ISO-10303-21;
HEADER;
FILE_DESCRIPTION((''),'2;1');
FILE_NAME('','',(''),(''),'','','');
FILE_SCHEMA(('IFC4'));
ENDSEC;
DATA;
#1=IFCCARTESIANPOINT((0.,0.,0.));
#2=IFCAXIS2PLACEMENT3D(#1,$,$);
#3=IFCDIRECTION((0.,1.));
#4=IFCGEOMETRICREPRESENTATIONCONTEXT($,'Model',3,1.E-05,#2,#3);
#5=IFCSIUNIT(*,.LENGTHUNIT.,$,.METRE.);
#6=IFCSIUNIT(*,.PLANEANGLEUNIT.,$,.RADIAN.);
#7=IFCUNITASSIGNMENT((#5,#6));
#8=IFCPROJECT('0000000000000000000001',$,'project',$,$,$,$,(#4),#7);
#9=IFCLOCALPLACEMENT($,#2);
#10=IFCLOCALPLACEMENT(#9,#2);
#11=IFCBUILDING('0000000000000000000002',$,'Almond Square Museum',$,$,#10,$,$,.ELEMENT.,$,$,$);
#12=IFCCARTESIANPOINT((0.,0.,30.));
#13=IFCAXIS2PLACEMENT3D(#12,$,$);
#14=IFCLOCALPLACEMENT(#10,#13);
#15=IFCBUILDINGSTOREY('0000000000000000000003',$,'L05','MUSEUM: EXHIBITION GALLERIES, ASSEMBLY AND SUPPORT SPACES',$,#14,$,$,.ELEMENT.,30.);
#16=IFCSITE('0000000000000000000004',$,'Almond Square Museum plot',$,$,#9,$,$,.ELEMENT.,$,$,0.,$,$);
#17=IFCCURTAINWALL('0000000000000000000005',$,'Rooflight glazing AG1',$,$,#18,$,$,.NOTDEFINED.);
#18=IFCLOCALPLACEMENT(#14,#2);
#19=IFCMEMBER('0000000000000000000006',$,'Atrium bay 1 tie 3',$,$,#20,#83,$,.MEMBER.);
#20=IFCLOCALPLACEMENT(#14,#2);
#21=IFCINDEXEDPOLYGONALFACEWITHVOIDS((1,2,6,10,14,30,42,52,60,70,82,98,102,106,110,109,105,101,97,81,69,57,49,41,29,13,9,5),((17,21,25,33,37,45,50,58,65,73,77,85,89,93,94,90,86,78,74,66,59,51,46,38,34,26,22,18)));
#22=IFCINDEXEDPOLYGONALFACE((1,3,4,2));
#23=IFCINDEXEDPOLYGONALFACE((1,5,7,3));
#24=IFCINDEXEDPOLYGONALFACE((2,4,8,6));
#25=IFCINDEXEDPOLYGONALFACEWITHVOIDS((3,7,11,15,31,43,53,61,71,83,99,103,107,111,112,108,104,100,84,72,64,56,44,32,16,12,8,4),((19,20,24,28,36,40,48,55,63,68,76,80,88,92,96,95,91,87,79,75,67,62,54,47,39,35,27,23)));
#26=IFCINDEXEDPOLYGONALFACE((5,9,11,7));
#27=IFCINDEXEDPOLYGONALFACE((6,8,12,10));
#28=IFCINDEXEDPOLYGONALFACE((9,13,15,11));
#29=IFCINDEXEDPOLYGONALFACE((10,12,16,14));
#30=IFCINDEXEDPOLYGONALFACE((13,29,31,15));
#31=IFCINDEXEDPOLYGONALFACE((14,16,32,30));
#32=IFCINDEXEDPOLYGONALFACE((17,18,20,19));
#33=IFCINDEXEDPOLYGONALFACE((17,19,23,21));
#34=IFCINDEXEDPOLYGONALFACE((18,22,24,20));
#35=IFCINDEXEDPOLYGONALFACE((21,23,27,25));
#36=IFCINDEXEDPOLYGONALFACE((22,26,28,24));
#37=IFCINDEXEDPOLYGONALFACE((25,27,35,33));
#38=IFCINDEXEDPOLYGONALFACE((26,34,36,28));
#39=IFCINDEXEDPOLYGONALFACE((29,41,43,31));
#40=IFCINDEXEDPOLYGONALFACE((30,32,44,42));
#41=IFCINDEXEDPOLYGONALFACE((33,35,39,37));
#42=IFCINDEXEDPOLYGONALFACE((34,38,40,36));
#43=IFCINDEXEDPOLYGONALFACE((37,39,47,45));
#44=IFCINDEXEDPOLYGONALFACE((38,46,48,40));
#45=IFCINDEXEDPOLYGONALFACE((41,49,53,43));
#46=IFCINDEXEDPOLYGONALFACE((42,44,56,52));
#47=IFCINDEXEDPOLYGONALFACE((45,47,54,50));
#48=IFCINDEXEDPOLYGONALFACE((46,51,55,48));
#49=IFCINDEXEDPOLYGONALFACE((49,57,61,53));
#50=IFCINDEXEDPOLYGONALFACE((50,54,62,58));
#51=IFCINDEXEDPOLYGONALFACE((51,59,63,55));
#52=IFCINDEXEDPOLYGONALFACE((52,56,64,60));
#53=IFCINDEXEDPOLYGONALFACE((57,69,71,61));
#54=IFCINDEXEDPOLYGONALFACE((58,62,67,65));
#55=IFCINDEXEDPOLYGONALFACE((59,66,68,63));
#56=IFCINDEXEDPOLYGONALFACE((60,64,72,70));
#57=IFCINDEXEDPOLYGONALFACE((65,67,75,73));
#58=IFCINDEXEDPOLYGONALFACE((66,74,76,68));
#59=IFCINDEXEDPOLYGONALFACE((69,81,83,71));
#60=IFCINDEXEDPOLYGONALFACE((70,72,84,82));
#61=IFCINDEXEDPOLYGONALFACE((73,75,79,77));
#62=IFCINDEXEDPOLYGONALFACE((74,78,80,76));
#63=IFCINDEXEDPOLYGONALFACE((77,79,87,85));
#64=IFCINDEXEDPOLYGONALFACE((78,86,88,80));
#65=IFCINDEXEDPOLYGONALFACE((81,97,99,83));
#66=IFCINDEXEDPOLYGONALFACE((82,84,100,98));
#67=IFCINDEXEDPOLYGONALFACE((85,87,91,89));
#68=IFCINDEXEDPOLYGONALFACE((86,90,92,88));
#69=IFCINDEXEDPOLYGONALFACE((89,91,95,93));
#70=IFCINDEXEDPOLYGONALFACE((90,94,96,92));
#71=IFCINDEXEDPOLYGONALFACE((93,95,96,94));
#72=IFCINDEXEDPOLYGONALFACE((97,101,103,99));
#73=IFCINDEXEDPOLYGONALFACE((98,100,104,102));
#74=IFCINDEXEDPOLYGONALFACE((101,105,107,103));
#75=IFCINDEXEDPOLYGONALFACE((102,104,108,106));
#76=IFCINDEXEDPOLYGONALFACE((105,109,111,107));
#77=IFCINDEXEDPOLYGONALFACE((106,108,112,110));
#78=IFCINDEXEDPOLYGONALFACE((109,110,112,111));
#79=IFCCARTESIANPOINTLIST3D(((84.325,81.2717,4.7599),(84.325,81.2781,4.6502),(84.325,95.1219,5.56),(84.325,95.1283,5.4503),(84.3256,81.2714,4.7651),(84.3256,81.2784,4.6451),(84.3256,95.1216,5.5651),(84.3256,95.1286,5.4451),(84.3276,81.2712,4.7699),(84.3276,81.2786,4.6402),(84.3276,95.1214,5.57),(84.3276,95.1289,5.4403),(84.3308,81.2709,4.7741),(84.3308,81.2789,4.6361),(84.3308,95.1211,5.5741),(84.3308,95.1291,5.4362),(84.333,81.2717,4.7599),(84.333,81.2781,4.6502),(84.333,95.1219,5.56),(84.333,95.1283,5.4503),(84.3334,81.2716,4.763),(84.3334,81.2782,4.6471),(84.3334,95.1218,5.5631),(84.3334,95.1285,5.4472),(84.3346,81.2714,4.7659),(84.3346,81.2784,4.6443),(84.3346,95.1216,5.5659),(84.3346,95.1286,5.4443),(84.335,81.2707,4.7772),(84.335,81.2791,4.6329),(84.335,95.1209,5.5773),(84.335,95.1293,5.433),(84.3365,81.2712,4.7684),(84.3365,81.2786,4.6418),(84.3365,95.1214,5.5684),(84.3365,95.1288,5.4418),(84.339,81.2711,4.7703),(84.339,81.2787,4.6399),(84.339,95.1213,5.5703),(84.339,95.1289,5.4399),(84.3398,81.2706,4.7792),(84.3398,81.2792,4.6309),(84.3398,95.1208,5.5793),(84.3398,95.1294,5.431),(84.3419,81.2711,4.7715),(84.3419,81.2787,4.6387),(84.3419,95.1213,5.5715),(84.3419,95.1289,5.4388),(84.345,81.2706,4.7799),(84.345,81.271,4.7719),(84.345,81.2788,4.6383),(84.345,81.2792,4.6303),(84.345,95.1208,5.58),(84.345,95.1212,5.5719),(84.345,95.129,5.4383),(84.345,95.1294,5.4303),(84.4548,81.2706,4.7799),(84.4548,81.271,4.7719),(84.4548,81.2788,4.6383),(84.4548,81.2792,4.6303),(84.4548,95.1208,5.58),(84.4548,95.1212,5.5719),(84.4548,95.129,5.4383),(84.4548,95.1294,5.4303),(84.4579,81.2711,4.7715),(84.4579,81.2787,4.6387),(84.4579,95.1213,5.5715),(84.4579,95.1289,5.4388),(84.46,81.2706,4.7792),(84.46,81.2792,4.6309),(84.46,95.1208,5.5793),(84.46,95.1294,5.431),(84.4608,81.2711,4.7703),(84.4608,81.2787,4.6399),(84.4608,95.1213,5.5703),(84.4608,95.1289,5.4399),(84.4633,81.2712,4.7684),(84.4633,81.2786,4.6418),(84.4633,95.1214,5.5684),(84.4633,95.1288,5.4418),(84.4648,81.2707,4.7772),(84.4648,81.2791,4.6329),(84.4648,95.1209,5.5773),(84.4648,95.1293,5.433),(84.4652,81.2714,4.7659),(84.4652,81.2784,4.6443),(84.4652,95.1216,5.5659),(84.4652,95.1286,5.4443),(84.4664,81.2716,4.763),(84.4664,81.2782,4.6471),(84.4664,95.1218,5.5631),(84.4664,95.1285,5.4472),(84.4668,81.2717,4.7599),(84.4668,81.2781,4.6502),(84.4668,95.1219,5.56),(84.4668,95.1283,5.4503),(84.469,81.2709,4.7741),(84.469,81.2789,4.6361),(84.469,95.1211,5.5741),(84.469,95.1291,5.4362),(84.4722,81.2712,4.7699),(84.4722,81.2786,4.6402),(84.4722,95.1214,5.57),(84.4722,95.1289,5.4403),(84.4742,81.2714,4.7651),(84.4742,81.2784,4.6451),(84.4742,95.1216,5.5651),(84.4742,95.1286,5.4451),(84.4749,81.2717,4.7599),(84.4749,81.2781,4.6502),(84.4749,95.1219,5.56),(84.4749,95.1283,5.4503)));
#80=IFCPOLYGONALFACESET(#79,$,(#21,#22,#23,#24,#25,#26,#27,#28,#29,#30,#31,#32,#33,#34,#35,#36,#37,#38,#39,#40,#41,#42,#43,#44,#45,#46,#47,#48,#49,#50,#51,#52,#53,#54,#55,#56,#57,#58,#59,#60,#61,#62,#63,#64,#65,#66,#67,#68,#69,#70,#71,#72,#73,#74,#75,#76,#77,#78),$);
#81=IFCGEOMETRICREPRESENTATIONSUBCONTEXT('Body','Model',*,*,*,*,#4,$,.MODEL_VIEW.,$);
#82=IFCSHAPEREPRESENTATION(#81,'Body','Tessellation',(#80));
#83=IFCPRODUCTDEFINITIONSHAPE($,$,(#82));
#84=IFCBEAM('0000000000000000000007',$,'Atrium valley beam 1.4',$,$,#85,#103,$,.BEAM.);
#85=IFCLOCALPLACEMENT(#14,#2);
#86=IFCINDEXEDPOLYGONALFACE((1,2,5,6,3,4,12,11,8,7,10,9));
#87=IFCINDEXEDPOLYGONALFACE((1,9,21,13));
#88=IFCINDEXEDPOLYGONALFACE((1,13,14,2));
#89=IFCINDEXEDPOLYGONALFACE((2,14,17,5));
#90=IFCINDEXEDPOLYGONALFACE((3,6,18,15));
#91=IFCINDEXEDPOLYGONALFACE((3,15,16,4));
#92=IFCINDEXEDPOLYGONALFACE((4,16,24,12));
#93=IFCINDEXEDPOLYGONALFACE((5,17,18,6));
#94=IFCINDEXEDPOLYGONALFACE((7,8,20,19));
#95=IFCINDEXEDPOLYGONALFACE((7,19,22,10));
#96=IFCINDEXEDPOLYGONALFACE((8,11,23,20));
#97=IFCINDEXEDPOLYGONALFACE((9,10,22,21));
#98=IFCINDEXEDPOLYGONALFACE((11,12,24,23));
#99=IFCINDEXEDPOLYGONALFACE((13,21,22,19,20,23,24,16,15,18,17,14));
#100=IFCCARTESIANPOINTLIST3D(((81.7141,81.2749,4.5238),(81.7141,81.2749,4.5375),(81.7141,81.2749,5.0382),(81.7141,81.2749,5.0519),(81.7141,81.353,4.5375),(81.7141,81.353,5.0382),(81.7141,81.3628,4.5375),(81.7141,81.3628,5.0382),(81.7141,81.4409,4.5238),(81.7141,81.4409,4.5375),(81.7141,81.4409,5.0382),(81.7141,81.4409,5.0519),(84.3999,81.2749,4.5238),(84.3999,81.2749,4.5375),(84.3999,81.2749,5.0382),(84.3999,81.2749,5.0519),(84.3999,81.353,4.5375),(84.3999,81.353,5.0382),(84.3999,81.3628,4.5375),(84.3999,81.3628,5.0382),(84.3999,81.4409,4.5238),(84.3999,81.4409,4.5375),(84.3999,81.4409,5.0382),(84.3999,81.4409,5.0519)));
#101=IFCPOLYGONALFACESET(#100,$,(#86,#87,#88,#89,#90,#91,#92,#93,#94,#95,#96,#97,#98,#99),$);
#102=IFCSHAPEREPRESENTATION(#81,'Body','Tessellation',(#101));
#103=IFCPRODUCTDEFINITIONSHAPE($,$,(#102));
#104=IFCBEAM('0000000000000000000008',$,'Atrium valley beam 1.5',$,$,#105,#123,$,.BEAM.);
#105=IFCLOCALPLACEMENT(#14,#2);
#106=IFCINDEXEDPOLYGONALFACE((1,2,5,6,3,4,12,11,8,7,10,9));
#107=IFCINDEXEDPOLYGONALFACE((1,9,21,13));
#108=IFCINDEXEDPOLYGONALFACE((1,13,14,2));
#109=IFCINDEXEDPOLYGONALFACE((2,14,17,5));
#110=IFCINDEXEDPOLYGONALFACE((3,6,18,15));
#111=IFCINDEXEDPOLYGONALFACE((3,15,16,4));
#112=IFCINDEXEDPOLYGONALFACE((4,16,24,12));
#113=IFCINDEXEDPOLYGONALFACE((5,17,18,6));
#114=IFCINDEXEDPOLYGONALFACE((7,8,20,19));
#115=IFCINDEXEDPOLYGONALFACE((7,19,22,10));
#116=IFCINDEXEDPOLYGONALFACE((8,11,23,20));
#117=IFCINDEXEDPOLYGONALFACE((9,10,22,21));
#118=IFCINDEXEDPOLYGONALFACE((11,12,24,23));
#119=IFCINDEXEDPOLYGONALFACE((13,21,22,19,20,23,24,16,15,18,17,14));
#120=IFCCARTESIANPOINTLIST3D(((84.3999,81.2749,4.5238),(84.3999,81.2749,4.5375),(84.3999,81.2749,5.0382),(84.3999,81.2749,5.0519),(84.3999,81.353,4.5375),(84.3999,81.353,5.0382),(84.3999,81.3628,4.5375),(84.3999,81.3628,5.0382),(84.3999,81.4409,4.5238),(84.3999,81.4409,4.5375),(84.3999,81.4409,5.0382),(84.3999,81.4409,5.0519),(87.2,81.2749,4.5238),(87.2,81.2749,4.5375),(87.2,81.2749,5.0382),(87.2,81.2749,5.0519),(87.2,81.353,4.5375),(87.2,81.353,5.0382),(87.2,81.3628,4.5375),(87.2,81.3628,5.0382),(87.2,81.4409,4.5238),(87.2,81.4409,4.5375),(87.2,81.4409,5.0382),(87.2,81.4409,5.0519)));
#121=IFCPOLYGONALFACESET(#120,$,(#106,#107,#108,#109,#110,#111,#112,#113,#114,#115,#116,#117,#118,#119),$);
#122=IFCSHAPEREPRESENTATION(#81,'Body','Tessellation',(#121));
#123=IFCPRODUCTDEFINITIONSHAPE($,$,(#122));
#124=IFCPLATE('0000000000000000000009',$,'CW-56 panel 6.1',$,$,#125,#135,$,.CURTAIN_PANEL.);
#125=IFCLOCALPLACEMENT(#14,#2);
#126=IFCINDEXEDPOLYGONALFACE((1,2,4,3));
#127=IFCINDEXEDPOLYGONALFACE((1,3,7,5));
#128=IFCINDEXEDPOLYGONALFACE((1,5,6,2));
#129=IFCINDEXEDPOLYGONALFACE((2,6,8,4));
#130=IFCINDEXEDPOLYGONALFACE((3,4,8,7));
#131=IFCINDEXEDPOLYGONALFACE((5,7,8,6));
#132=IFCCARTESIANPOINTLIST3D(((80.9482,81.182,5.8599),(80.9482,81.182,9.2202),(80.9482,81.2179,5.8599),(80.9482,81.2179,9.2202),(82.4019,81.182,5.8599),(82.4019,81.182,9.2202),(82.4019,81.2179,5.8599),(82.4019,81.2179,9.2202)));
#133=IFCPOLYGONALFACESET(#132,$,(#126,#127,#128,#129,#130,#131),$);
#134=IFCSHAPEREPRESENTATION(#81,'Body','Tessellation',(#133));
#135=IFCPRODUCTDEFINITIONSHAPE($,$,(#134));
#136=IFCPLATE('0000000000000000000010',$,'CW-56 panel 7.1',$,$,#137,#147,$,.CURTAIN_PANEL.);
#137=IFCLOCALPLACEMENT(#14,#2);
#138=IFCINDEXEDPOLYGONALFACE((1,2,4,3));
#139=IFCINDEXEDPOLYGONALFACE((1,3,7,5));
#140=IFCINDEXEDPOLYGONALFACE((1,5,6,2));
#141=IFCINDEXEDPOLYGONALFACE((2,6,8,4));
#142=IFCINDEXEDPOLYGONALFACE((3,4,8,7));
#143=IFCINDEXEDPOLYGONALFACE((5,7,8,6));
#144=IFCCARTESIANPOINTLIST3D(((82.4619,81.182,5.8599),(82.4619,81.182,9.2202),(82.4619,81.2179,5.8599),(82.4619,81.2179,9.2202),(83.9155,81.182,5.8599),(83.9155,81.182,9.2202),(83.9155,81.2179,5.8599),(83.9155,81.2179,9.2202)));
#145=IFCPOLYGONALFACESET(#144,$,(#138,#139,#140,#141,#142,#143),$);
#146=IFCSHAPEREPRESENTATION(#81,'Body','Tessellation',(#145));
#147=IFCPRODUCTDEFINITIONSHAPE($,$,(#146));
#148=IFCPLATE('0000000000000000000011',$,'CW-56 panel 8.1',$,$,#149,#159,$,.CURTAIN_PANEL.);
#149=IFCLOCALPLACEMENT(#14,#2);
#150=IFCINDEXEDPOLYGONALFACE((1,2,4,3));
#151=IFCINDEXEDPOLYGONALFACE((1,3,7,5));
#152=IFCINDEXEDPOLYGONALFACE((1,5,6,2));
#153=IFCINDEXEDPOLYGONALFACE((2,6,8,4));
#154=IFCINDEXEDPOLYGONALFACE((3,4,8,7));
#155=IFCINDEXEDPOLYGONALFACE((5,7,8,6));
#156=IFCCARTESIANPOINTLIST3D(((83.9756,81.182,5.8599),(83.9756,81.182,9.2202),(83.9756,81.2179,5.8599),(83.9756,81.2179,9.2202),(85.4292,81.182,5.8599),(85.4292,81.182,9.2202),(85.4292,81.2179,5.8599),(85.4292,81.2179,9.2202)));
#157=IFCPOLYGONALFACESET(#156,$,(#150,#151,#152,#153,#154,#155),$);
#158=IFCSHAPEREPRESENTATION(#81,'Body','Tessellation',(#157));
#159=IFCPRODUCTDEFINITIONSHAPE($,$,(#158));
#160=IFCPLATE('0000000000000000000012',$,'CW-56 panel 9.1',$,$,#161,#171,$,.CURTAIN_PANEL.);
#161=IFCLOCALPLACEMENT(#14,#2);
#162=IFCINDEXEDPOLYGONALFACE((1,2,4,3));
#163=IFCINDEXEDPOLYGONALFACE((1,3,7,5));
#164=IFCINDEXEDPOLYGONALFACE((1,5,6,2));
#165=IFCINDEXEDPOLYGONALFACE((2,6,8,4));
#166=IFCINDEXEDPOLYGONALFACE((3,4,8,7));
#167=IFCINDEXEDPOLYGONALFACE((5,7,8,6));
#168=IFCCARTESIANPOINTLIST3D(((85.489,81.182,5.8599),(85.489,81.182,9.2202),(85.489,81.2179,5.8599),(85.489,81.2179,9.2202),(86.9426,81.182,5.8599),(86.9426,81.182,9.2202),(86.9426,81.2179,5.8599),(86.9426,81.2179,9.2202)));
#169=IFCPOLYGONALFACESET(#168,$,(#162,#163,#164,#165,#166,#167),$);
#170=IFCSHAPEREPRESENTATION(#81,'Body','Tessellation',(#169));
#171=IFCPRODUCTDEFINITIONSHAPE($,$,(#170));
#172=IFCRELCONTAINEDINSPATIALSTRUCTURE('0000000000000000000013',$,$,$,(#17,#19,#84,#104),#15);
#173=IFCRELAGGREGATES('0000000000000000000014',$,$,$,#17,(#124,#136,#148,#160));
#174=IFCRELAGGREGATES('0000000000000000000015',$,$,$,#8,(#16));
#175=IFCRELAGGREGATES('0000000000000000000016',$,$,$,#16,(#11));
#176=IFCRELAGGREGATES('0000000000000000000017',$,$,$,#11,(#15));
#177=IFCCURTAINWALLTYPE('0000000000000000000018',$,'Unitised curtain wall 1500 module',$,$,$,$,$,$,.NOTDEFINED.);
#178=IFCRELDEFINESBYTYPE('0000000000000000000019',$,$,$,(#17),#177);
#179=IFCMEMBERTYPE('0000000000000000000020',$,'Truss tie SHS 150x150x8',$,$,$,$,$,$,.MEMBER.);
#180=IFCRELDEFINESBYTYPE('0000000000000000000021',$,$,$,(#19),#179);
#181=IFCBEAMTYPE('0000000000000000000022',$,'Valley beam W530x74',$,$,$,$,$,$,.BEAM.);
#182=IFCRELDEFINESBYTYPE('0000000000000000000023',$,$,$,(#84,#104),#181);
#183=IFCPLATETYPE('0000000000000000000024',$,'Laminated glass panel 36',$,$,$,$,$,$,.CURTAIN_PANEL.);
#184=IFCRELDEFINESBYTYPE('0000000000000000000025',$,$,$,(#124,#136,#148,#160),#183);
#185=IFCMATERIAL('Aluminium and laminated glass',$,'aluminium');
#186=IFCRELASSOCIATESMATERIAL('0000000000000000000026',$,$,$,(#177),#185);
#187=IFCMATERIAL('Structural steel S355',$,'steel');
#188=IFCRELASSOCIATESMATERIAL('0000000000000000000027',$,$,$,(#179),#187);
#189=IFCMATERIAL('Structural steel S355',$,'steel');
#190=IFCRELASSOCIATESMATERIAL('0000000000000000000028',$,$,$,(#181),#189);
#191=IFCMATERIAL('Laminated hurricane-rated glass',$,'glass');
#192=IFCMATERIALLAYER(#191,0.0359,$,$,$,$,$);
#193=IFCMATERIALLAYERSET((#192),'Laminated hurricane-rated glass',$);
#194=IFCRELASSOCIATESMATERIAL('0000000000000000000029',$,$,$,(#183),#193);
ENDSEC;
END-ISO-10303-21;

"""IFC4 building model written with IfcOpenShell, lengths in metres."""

from ifc_helpers import new_model, si_unit, direction, frame, origin, origin_2d, place, context, subcontext, project, spatial, rectangle, hollow_rectangle, i_section, extrude, material, layer, layer_set, material_profile, profile_set, type_object, element, aggregate, save


model = new_model("IFC4")

# Units and contexts
model_context = context("Model", 3, precision=1e-05, world=origin(), true_north=direction((0.0, 1.0)))
body_context = subcontext(model_context, "Body", "Model", "MODEL_VIEW")
ifc_project = project(units=[si_unit("LENGTHUNIT", "METRE"), si_unit("PLANEANGLEUNIT", "RADIAN")], contexts=[model_context])

# Site, building, storey
site_placement = place(None, origin())
site = spatial("IfcSite", under=ifc_project, at=site_placement, Name="Almond Square Museum plot", CompositionType="ELEMENT", RefElevation=0.0)
building_placement = place(site_placement, origin())
building = spatial("IfcBuilding", under=site, at=building_placement, Name="Almond Square Museum", CompositionType="ELEMENT")
storey_placement = place(building_placement, frame((0.0, 0.0, 30.0)))
storey = spatial("IfcBuildingStorey", under=building, at=storey_placement, Name="L05", Description="MUSEUM: EXHIBITION GALLERIES, ASSEMBLY AND SUPPORT SPACES", CompositionType="ELEMENT", Elevation=30.0)

# Curtain wall
ifc_material_1 = material(Name="Aluminium and laminated glass", Category="aluminium")
curtain_wall_type = type_object("IfcCurtainWallType", Name="Unitised curtain wall 1500 module", PredefinedType="NOTDEFINED", material=ifc_material_1)
curtain_wall_placement = place(storey_placement, origin())
curtain_wall = element("IfcCurtainWall", 1, at=curtain_wall_placement, inside=storey, type_object=curtain_wall_type, Name="Rooflight glazing AG1", PredefinedType="NOTDEFINED")

# Member
ifc_material_2 = material(Name="Structural steel S355", Category="steel")
ifc_material_profile_1 = material_profile(ifc_material_2, hollow_rectangle(XDim=0.1499, YDim=0.1499, WallThickness=0.0081, InnerFilletRadius=0.012, OuterFilletRadius=0.02, at=origin_2d()))
ifc_profile_set_1 = profile_set([ifc_material_profile_1], Name="Structural steel S355")
member_type_1 = type_object("IfcMemberType", Name="Truss tie SHS 150x150x8", PredefinedType="MEMBER", material=ifc_profile_set_1)
member_1_placement = place(storey_placement, frame((84.3999, 81.2749, 4.7051), z_axis=(0.0, 0.998336, 0.057669), x_axis=(-1.0, 0.0, 0.0)))
element("IfcMember", 2, at=member_1_placement, inside=storey, type_object=member_type_1, Name="Atrium bay 1 tie 3", PredefinedType="MEMBER", context=body_context, shape_type="SweptSolid", body=[
    extrude(hollow_rectangle(XDim=0.1499, YDim=0.1499, WallThickness=0.0081, InnerFilletRadius=0.012, OuterFilletRadius=0.02, at=origin_2d()), origin(), (0.0, 0.0, 1.0), 13.8733),
])

# Beams
ifc_material_3 = material(Name="Structural steel S355", Category="steel")
ifc_material_profile_2 = material_profile(ifc_material_3, i_section(OverallWidth=0.166, OverallDepth=0.5281, WebThickness=0.0098, FlangeThickness=0.0137, at=origin_2d()))
ifc_profile_set_2 = profile_set([ifc_material_profile_2], Name="Structural steel S355")
beam_type = type_object("IfcBeamType", Name="Valley beam W530x74", PredefinedType="BEAM", material=ifc_profile_set_2)
beam_1_placement = place(storey_placement, frame((81.7141, 81.3579, 4.7878), z_axis=(1.0, 0.0, 0.0), x_axis=(0.0, 1.0, 0.0)))
element("IfcBeam", 3, at=beam_1_placement, inside=storey, type_object=beam_type, Name="Atrium valley beam 1.4", PredefinedType="BEAM", context=body_context, shape_type="SweptSolid", body=[
    extrude(i_section(OverallWidth=0.166, OverallDepth=0.5281, WebThickness=0.0098, FlangeThickness=0.0137, at=origin_2d()), origin(), (0.0, 0.0, 1.0), 2.6858),
])
beam_2_placement = place(storey_placement, frame((84.3999, 81.3579, 4.7878), z_axis=(1.0, 0.0, 0.0), x_axis=(0.0, 1.0, 0.0)))
element("IfcBeam", 4, at=beam_2_placement, inside=storey, type_object=beam_type, Name="Atrium valley beam 1.5", PredefinedType="BEAM", context=body_context, shape_type="SweptSolid", body=[
    extrude(i_section(OverallWidth=0.166, OverallDepth=0.5281, WebThickness=0.0098, FlangeThickness=0.0137, at=origin_2d()), origin(), (0.0, 0.0, 1.0), 2.8),
])

# Plates
ifc_material_4 = material(Name="Laminated hurricane-rated glass", Category="glass")
ifc_layer = layer(ifc_material_4, 0.0359)
ifc_layer_set = layer_set([ifc_layer], Name="Laminated hurricane-rated glass")
plate_type = type_object("IfcPlateType", Name="Laminated glass panel 36", PredefinedType="CURTAIN_PANEL", material=ifc_layer_set)
plate_1_placement = place(storey_placement, frame((81.675, 81.2, 5.8599), z_axis=(0.0, 0.0, 1.0), x_axis=(1.0, 0.0, 0.0)))
plate_1 = element("IfcPlate", 5, at=plate_1_placement, type_object=plate_type, Name="CW-56 panel 6.1", PredefinedType="CURTAIN_PANEL", context=body_context, shape_type="SweptSolid", body=[
    extrude(rectangle(XDim=1.4536, YDim=0.0359, at=origin_2d()), origin(), (0.0, 0.0, 1.0), 3.3604),
])
plate_2_placement = place(storey_placement, frame((83.1887, 81.2, 5.8599), z_axis=(0.0, 0.0, 1.0), x_axis=(1.0, 0.0, 0.0)))
plate_2 = element("IfcPlate", 6, at=plate_2_placement, type_object=plate_type, Name="CW-56 panel 7.1", PredefinedType="CURTAIN_PANEL", context=body_context, shape_type="SweptSolid", body=[
    extrude(rectangle(XDim=1.4536, YDim=0.0359, at=origin_2d()), origin(), (0.0, 0.0, 1.0), 3.3604),
])
plate_3_placement = place(storey_placement, frame((84.7024, 81.2, 5.8599), z_axis=(0.0, 0.0, 1.0), x_axis=(1.0, 0.0, 0.0)))
plate_3 = element("IfcPlate", 7, at=plate_3_placement, type_object=plate_type, Name="CW-56 panel 8.1", PredefinedType="CURTAIN_PANEL", context=body_context, shape_type="SweptSolid", body=[
    extrude(rectangle(XDim=1.4536, YDim=0.0359, at=origin_2d()), origin(), (0.0, 0.0, 1.0), 3.3604),
])
plate_4_placement = place(storey_placement, frame((86.2158, 81.2, 5.8599), z_axis=(0.0, 0.0, 1.0), x_axis=(1.0, 0.0, 0.0)))
plate_4 = element("IfcPlate", 8, at=plate_4_placement, type_object=plate_type, Name="CW-56 panel 9.1", PredefinedType="CURTAIN_PANEL", context=body_context, shape_type="SweptSolid", body=[
    extrude(rectangle(XDim=1.4536, YDim=0.0359, at=origin_2d()), origin(), (0.0, 0.0, 1.0), 3.3604),
])
aggregate(curtain_wall, [plate_1, plate_2, plate_3, plate_4])

save(model, "model.ifc")
